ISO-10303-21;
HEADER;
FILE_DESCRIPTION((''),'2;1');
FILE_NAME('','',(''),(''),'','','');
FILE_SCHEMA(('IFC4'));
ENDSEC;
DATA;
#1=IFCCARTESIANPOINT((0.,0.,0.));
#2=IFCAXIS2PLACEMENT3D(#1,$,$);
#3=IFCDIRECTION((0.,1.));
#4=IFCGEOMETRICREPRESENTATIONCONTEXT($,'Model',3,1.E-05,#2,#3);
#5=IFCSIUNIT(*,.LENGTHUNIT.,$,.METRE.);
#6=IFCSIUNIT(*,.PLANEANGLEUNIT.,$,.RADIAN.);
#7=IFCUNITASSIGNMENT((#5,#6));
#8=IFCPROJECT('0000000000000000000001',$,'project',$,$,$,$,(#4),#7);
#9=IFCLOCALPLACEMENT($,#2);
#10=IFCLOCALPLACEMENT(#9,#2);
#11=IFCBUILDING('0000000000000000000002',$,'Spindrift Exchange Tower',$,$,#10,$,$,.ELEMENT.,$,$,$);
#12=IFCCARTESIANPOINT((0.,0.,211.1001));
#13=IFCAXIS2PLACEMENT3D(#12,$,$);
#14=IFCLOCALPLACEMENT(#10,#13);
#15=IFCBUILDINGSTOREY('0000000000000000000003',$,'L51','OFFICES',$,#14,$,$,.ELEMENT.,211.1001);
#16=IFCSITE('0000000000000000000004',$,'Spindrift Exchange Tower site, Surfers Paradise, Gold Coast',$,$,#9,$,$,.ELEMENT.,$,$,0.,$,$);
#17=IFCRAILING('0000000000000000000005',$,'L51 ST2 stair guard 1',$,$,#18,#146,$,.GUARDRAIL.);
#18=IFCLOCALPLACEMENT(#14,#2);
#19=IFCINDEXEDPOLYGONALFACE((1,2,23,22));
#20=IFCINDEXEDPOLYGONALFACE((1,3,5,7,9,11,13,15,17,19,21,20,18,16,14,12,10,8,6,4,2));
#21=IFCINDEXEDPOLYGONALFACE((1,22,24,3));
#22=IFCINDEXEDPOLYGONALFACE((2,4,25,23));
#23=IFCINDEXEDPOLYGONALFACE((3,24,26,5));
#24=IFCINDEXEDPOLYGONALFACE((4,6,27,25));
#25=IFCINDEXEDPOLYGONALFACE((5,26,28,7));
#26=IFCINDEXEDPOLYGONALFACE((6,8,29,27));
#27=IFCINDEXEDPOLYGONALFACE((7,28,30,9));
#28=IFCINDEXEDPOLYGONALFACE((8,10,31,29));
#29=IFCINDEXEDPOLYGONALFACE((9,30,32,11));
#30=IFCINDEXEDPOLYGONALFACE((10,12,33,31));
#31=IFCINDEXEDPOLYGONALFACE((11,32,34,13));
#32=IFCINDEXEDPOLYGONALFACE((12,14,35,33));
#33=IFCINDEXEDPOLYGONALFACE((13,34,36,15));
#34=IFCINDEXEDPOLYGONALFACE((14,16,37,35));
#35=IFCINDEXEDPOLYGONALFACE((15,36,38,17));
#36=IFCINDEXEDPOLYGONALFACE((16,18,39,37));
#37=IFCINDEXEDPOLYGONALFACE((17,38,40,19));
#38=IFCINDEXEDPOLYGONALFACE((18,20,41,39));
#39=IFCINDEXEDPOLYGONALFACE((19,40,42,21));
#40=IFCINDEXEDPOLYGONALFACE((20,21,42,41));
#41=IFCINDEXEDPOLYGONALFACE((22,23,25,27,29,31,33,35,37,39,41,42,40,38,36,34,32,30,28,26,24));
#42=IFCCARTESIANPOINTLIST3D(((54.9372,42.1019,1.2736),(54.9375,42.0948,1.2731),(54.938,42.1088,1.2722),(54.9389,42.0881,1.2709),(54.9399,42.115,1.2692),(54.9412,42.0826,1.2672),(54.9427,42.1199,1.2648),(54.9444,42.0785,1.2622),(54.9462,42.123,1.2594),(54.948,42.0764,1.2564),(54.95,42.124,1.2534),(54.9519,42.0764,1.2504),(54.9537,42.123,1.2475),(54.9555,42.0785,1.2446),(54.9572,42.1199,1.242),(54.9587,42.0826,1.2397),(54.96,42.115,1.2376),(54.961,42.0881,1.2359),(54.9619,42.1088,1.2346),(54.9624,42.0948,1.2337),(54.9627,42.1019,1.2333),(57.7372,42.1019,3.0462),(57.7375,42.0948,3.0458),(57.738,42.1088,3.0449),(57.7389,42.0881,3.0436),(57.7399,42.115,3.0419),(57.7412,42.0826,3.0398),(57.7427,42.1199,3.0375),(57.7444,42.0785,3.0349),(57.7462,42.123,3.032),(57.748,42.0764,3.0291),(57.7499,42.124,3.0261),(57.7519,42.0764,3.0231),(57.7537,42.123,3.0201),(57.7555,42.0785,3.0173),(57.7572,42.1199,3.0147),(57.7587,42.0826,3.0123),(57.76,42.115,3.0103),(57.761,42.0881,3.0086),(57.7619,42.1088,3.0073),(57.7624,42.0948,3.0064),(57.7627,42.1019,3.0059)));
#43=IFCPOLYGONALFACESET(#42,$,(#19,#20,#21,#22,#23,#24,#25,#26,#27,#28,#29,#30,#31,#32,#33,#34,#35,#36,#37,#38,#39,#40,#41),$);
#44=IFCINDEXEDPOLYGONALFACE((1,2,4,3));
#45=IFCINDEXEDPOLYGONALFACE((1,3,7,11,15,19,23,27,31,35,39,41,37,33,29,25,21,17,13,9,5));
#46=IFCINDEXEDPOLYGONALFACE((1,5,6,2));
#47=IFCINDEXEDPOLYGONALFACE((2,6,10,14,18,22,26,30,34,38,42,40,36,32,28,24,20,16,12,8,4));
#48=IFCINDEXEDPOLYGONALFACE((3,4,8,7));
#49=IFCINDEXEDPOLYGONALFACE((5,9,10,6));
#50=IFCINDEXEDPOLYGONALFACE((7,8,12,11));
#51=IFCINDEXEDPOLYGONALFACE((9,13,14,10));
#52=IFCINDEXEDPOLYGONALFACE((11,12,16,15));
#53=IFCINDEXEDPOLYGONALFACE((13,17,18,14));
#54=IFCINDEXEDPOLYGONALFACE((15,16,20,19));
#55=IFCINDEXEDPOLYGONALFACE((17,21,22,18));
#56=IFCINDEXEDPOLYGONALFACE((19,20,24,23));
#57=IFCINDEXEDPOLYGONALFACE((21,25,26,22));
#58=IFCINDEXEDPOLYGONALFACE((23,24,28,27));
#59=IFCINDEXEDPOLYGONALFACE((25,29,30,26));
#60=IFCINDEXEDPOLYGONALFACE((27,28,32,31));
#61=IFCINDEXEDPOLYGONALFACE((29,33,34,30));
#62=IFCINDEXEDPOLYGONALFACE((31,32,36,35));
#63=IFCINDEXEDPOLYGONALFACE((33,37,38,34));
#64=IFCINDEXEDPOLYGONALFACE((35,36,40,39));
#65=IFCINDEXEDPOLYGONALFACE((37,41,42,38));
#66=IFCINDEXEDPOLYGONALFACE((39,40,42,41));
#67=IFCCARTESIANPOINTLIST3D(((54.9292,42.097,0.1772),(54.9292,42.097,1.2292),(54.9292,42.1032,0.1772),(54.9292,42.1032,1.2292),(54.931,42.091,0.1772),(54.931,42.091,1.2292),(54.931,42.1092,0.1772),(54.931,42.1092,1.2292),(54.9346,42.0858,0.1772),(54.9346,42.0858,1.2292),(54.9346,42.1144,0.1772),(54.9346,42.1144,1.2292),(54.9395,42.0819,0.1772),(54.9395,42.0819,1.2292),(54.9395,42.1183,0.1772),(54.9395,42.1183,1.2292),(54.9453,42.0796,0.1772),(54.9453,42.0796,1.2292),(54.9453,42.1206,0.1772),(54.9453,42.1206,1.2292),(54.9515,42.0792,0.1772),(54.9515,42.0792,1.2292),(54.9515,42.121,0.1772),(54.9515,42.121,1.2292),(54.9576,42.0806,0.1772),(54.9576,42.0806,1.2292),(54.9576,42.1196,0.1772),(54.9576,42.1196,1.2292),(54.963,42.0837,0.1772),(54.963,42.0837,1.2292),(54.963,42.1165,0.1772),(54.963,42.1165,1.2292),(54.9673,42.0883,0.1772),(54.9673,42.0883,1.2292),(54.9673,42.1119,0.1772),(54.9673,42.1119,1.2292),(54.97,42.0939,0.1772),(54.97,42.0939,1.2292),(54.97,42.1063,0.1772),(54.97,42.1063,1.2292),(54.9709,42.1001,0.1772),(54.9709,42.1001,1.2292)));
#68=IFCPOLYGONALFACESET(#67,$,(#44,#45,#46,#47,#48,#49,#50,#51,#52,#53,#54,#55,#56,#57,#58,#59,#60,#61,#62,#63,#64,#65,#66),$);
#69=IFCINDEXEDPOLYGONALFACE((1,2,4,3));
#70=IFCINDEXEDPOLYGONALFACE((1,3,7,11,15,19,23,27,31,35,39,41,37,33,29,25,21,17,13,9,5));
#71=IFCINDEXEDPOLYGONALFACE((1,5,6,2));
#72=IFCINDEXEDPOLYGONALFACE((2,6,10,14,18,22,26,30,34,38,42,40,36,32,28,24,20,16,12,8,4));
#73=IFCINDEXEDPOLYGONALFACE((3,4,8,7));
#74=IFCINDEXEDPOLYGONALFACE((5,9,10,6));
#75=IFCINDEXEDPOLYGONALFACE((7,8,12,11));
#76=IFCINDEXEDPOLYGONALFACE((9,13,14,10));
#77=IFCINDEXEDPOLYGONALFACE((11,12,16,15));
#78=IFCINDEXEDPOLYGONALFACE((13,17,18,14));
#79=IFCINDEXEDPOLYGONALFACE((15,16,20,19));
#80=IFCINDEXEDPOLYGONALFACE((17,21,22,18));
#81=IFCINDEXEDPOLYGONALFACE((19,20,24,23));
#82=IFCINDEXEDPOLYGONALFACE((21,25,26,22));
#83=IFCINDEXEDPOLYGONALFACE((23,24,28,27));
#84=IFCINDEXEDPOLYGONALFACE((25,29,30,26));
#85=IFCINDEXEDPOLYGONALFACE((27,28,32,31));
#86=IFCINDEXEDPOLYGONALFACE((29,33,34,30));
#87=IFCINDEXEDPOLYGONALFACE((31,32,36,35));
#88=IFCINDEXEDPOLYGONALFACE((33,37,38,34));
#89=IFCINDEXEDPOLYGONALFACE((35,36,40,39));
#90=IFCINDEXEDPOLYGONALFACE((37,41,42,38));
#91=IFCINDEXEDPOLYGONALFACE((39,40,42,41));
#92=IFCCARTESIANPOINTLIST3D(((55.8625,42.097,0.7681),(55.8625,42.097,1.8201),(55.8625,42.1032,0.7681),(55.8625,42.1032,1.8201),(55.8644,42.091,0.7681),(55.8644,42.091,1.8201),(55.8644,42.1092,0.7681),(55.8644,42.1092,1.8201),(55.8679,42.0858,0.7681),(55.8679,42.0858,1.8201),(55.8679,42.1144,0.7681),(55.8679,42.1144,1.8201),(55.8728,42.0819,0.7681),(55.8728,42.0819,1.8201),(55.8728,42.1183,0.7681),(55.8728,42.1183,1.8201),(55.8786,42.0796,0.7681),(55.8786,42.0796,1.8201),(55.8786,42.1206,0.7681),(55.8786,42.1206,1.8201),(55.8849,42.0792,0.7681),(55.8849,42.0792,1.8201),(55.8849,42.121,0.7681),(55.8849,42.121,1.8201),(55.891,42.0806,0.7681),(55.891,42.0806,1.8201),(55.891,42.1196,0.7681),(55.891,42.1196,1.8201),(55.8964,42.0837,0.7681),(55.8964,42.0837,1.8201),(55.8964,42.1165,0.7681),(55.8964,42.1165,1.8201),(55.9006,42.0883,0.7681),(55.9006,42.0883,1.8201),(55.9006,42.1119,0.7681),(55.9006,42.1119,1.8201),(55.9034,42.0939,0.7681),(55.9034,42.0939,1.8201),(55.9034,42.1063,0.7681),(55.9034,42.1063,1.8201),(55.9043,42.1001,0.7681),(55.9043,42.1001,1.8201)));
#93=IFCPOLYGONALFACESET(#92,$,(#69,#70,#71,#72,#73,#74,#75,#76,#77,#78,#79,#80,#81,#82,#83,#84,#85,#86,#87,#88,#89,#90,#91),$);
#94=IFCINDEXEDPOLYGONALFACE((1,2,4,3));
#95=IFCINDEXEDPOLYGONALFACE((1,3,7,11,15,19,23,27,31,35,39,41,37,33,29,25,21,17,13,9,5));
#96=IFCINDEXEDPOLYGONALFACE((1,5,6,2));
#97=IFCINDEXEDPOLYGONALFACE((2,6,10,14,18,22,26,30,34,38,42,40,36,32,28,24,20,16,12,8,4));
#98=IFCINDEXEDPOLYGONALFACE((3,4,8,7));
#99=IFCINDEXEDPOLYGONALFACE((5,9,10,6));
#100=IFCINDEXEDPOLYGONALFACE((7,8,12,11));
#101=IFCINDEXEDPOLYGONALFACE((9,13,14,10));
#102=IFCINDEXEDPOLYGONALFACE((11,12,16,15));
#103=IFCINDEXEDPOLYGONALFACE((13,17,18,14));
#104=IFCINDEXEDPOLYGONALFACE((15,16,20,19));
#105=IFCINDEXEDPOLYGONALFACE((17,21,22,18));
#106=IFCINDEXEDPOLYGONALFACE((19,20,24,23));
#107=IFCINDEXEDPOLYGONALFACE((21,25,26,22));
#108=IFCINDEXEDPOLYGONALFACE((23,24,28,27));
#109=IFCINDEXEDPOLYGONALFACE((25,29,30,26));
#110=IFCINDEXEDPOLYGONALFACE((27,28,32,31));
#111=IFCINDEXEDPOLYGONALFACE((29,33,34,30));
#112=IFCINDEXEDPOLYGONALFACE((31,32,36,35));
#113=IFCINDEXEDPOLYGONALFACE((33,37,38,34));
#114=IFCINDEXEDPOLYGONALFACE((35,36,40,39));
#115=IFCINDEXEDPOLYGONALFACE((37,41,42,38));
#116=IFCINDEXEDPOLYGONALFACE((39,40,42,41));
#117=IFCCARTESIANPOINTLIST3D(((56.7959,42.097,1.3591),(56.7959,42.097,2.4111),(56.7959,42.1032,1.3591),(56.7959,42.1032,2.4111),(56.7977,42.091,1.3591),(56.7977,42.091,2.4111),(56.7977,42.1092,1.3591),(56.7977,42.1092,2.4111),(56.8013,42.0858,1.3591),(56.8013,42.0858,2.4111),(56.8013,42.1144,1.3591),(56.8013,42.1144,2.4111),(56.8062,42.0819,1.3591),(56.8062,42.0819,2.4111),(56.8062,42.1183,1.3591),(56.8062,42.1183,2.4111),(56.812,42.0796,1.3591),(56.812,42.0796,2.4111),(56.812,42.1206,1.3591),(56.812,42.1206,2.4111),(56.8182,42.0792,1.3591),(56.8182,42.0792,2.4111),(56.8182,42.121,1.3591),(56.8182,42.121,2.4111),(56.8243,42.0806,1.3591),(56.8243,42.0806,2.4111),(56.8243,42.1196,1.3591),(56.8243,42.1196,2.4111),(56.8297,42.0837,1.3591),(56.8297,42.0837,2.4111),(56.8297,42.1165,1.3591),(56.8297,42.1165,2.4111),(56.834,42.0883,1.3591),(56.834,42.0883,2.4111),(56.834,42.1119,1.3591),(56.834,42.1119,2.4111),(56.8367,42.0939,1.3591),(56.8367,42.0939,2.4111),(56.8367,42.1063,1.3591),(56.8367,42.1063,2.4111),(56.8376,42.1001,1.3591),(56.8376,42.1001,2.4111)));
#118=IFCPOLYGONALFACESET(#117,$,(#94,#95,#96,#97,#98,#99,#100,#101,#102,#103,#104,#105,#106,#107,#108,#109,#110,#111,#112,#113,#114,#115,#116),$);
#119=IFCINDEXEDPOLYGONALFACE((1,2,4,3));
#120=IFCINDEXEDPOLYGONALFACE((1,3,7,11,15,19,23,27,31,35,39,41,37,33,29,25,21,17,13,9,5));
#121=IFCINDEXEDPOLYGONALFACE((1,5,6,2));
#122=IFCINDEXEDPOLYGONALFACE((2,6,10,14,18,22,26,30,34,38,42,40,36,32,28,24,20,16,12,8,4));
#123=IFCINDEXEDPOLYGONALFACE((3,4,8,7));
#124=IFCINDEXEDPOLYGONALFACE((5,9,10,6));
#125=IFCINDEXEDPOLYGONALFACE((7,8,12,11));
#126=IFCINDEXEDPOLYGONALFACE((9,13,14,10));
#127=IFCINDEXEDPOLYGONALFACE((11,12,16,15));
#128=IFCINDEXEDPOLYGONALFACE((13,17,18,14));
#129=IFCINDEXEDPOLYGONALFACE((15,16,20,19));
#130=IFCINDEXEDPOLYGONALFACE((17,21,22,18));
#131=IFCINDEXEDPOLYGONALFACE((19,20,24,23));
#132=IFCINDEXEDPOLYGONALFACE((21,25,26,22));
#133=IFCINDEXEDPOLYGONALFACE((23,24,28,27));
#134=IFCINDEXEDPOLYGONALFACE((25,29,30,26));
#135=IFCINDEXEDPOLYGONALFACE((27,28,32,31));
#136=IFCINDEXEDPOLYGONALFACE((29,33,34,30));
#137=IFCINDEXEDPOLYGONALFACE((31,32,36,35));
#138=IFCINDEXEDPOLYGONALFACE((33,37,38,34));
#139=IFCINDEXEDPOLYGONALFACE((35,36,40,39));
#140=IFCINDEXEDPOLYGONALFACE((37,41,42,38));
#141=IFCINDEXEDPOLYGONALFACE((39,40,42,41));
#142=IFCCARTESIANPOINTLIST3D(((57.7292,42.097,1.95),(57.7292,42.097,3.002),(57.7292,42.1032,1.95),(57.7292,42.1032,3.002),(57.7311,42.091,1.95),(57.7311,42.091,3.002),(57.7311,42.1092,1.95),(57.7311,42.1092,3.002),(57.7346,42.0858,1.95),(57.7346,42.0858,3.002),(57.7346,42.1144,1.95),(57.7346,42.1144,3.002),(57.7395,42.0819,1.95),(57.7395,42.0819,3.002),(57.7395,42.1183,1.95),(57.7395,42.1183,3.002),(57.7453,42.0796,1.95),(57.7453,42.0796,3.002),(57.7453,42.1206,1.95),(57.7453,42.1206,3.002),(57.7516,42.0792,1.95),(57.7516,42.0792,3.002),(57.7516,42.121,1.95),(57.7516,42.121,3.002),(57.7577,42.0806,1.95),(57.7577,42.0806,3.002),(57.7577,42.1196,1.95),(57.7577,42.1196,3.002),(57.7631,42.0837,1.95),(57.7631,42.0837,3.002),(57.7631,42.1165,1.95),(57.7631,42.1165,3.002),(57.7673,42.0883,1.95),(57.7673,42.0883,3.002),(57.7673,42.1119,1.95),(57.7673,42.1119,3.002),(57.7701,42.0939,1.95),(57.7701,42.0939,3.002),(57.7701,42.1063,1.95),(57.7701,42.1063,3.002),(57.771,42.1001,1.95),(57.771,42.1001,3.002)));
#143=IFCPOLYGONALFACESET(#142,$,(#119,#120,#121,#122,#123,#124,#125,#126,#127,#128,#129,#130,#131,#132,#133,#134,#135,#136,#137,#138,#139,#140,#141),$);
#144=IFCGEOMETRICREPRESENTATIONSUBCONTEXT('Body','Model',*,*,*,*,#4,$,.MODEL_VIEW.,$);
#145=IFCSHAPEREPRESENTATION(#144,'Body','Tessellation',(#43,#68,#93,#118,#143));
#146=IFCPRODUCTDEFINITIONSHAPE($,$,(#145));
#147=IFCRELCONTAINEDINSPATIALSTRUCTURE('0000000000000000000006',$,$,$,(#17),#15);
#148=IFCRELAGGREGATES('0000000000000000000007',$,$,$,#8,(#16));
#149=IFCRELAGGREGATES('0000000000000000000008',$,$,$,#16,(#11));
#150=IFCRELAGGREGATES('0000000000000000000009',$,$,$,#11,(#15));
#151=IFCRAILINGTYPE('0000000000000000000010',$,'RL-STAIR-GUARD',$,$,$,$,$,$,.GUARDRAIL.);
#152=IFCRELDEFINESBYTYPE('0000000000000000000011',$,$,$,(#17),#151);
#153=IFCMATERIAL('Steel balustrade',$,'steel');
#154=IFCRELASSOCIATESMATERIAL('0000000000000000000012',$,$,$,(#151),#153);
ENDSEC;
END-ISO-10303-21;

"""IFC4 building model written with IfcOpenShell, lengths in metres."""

from ifc_helpers import new_model, si_unit, direction, frame, origin, origin_2d, place, context, subcontext, project, spatial, circle, extrude, material, type_object, element, save


model = new_model("IFC4")

# Units and contexts
model_context = context("Model", 3, precision=1e-05, world=origin(), true_north=direction((0.0, 1.0)))
body_context = subcontext(model_context, "Body", "Model", "MODEL_VIEW")
ifc_project = project(units=[si_unit("LENGTHUNIT", "METRE"), si_unit("PLANEANGLEUNIT", "RADIAN")], contexts=[model_context])

# Site, building, storey
site_placement = place(None, origin())
site = spatial("IfcSite", under=ifc_project, at=site_placement, Name="Spindrift Exchange Tower site, Surfers Paradise, Gold Coast", CompositionType="ELEMENT", RefElevation=0.0)
building_placement = place(site_placement, origin())
building = spatial("IfcBuilding", under=site, at=building_placement, Name="Spindrift Exchange Tower", CompositionType="ELEMENT")
storey_placement = place(building_placement, frame((0.0, 0.0, 211.1001)))
storey = spatial("IfcBuildingStorey", under=building, at=storey_placement, Name="L51", Description="OFFICES", CompositionType="ELEMENT", Elevation=211.1001)

# Railing
ifc_material_1 = material(Name="Steel balustrade", Category="steel")
railing_type_1 = type_object("IfcRailingType", Name="RL-STAIR-GUARD", PredefinedType="GUARDRAIL", material=ifc_material_1)
railing_1_placement = place(storey_placement, frame((54.95, 42.1001, 0.1772)))
element("IfcRailing", 1, at=railing_1_placement, inside=storey, type_object=railing_type_1, Name="L51 ST2 stair guard 1", PredefinedType="GUARDRAIL", context=body_context, shape_type="SweptSolid", body=[
    extrude(circle(Radius=0.0239, at=origin_2d()), frame((0.0, 0.0, 1.0762), z_axis=(0.844909, 0.0, 0.53491), x_axis=(0.0, 1.0, 0.0)), (0.0, 0.0, 1.0), 3.314),
    extrude(circle(Radius=0.021, at=origin_2d()), origin(), (0.0, 0.0, 1.0), 1.052),
    extrude(circle(Radius=0.021, at=origin_2d()), frame((0.9333, 0.0, 0.5908)), (0.0, 0.0, 1.0), 1.052),
    extrude(circle(Radius=0.021, at=origin_2d()), frame((1.8667, 0.0, 1.1819)), (0.0, 0.0, 1.0), 1.052),
    extrude(circle(Radius=0.021, at=origin_2d()), frame((2.8, 0.0, 1.7727)), (0.0, 0.0, 1.0), 1.052),
])

save(model, "model.ifc")
